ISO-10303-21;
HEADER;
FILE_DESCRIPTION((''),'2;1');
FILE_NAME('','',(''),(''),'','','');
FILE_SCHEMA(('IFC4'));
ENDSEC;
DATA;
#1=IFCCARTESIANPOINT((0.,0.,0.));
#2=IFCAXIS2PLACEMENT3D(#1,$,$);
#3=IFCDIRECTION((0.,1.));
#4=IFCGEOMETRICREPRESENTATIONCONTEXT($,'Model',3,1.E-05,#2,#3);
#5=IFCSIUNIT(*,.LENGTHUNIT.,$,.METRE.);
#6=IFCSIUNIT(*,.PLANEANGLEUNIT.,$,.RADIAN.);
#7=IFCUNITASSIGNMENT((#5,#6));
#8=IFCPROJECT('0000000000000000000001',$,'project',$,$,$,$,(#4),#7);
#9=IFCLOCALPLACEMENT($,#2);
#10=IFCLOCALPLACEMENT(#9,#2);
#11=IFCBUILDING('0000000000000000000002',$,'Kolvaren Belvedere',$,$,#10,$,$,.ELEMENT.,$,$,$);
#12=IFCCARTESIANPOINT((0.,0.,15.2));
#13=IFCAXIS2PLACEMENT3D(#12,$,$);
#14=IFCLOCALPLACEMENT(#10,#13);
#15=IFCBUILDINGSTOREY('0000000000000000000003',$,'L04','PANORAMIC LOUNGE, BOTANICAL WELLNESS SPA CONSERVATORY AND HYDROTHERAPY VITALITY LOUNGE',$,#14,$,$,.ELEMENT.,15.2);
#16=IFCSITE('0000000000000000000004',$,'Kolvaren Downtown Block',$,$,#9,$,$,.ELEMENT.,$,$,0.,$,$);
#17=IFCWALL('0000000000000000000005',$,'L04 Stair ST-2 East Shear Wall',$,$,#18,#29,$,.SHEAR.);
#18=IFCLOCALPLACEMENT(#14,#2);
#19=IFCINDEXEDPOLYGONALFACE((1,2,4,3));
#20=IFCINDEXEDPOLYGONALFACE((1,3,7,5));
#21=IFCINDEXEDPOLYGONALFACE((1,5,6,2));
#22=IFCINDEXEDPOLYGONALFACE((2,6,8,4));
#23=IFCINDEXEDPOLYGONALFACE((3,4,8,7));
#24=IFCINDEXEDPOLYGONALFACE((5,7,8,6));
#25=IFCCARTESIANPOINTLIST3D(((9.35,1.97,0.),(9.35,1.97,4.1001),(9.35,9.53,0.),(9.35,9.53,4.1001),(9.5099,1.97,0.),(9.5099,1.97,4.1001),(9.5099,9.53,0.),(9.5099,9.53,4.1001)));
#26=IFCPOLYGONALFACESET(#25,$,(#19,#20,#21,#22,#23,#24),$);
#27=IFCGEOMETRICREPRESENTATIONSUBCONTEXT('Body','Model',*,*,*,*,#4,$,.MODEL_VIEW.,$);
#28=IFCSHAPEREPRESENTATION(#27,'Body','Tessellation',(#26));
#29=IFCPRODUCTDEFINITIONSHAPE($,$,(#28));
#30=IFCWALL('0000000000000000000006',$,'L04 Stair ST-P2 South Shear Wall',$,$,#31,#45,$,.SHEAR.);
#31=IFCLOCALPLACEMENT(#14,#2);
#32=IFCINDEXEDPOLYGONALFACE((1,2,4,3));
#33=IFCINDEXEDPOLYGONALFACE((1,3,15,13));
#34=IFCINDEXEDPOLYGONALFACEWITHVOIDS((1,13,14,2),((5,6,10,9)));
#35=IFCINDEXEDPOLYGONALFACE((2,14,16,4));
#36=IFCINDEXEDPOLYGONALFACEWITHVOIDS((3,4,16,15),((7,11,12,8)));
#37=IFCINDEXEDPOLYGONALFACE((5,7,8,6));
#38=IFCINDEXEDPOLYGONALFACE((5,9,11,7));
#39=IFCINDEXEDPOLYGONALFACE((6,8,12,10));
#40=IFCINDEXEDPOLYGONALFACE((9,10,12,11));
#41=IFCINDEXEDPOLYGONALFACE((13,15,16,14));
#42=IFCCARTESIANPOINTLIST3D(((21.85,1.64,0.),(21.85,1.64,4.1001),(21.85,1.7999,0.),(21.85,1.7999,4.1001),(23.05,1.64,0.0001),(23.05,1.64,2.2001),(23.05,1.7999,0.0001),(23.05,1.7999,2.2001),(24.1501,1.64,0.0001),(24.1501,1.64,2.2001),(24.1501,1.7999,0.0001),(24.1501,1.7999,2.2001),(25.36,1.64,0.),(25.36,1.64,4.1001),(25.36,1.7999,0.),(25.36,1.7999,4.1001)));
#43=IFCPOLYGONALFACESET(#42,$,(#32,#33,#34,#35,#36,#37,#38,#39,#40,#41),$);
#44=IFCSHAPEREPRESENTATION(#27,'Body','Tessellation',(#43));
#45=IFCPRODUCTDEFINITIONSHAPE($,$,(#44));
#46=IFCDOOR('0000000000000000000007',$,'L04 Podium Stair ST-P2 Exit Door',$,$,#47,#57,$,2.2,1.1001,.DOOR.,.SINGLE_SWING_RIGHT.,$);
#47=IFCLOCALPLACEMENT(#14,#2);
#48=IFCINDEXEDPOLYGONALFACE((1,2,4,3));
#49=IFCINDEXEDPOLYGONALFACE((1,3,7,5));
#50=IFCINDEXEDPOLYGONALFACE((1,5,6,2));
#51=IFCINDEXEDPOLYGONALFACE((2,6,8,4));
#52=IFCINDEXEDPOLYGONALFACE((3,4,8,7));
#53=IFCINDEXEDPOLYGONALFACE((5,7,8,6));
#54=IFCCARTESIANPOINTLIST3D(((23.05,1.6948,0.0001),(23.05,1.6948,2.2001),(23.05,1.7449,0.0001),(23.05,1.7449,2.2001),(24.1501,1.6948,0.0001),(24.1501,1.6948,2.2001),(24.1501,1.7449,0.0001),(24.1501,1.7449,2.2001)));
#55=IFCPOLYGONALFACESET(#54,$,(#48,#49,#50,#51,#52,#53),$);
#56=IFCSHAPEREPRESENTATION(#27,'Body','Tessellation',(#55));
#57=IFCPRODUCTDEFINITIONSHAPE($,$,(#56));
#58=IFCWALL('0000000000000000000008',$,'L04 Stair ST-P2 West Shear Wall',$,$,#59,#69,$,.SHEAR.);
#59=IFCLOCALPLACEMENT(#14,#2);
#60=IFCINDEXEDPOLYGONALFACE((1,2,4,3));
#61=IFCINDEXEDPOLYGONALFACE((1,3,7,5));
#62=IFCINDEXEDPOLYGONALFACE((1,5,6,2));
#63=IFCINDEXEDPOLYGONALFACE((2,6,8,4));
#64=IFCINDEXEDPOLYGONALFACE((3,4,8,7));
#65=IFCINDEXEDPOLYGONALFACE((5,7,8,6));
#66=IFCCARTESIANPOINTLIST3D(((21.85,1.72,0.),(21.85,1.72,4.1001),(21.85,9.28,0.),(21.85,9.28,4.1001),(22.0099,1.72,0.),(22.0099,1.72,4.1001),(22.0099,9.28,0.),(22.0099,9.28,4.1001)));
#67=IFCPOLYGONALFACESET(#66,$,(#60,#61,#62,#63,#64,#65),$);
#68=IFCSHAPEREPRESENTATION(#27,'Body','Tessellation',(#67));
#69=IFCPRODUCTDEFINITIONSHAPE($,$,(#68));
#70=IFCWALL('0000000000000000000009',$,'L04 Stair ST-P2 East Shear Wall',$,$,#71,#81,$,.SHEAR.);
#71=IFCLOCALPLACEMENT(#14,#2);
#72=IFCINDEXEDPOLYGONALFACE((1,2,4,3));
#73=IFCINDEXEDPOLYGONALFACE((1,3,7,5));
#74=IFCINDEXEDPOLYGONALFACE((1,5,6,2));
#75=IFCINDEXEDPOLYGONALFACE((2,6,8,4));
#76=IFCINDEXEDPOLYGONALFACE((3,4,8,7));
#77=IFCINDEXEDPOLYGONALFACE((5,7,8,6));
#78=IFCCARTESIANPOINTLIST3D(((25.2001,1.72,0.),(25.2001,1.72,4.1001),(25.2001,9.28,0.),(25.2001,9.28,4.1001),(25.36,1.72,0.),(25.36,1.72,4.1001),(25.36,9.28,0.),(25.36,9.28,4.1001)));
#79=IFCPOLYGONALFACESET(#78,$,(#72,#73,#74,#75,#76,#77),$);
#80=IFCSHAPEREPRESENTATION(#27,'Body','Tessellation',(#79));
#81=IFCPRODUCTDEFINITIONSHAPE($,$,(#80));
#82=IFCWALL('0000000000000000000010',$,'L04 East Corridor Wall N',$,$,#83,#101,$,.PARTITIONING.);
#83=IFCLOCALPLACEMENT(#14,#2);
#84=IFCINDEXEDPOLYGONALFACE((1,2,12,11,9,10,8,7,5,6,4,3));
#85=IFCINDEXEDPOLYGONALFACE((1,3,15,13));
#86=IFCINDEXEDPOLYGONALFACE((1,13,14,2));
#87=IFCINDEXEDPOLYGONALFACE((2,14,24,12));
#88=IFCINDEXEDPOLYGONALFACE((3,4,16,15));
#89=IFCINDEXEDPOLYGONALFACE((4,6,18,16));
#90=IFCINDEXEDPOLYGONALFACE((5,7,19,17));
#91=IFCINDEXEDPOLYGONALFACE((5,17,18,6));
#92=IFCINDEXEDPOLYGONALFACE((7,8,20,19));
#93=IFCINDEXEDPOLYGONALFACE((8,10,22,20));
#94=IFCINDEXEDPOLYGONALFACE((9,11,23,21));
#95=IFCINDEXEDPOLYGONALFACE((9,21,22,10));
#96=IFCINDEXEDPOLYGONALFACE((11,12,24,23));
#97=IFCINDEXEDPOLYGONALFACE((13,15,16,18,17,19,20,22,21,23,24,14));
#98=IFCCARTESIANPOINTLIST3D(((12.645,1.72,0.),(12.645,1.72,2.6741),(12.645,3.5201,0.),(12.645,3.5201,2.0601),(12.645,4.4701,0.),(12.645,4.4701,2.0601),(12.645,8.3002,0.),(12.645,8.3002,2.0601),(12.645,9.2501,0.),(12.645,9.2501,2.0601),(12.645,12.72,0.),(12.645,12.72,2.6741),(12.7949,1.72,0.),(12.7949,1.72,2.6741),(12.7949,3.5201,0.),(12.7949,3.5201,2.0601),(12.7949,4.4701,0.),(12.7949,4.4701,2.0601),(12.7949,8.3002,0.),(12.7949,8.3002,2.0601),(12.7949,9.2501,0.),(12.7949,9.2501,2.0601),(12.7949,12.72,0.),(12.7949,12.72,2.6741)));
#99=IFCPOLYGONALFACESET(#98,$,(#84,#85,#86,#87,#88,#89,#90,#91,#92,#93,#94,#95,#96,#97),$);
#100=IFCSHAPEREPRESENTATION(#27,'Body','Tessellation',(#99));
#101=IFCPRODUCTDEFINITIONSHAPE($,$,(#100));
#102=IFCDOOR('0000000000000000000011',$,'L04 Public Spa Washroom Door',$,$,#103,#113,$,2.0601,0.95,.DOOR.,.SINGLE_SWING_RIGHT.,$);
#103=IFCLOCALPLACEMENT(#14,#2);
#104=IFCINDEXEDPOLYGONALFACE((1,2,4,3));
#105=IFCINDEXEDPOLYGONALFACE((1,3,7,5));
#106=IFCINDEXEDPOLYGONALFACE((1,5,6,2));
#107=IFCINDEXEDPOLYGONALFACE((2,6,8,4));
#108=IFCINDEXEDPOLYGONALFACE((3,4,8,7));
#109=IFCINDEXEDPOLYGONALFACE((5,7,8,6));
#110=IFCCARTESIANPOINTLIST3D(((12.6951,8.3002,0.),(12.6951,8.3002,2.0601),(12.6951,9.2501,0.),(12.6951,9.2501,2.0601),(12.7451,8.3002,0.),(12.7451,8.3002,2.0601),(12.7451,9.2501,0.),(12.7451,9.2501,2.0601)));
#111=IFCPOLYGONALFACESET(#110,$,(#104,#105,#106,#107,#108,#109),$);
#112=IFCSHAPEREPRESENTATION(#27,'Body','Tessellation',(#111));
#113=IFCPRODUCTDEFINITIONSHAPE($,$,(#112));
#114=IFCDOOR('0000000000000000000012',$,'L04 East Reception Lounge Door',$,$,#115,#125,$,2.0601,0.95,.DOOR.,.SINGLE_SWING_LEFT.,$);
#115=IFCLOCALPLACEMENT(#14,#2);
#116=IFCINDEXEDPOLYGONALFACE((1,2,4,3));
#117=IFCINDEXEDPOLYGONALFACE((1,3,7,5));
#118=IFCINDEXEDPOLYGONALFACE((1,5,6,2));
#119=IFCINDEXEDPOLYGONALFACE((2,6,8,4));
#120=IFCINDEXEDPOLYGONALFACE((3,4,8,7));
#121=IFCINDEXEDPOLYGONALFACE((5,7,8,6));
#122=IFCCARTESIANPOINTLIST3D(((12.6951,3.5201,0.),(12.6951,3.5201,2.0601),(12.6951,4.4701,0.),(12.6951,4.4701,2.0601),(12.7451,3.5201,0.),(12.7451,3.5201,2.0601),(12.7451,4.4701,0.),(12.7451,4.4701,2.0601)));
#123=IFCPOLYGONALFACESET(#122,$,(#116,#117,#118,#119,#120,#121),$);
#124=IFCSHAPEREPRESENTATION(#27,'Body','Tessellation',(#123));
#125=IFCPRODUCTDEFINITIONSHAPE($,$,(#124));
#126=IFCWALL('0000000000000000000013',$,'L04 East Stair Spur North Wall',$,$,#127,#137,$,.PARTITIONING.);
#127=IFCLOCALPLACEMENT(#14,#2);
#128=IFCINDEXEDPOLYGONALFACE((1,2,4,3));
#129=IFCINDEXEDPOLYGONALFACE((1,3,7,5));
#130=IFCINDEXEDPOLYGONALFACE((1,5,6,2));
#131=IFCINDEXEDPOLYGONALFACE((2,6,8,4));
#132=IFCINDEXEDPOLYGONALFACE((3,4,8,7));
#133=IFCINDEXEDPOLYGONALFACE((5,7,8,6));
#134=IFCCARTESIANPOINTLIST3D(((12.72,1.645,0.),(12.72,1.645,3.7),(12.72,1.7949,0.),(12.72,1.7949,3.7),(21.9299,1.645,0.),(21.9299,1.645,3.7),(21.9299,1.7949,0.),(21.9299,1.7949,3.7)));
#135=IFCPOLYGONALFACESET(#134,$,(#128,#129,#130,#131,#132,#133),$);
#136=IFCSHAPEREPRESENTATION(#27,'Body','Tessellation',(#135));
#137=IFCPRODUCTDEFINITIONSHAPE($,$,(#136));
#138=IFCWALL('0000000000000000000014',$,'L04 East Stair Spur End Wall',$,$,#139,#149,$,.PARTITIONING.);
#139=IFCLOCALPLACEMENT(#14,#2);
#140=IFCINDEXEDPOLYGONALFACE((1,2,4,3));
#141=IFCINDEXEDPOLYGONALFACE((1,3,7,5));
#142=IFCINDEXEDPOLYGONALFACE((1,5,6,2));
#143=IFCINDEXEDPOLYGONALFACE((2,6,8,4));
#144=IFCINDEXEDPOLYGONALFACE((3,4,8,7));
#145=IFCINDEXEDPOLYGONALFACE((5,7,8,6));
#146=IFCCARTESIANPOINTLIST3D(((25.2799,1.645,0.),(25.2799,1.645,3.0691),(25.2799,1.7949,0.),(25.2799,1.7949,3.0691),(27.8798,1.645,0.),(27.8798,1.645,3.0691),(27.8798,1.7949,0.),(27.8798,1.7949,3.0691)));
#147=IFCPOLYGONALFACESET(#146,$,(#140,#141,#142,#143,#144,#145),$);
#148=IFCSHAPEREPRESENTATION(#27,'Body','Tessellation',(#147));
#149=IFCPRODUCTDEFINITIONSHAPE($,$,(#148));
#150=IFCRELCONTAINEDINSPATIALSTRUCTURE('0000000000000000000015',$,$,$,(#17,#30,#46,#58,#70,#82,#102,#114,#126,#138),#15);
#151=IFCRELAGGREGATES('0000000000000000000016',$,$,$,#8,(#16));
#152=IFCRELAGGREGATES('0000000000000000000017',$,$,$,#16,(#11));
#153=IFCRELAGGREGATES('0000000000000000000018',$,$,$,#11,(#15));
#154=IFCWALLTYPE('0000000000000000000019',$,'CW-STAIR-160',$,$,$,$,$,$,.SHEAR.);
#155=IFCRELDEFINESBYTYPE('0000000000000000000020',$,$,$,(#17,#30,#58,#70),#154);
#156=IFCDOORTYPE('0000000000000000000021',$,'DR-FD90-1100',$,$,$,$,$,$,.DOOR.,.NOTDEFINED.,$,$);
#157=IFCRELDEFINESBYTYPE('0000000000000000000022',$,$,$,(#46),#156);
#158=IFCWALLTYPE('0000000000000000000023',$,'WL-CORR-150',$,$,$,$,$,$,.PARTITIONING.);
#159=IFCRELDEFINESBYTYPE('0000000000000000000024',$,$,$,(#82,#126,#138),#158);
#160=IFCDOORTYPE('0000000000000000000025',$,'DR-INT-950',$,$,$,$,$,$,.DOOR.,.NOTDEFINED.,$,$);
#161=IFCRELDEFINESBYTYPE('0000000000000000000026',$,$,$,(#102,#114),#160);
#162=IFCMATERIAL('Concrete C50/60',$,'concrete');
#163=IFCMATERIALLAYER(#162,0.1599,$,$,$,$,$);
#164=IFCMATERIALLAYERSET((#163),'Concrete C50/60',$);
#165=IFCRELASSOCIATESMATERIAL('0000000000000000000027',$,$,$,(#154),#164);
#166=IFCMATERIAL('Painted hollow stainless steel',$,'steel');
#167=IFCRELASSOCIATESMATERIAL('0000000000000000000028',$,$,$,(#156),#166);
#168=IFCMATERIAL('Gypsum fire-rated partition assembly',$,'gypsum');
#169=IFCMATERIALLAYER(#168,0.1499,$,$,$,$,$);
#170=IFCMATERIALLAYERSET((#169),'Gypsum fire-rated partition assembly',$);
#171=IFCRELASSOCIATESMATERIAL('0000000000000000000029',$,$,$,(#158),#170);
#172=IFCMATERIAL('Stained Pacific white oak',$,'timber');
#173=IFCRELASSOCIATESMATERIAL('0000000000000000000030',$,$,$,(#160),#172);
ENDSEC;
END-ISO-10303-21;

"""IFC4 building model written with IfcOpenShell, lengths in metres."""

from ifc_helpers import new_model, si_unit, direction, frame, frame_2d, origin, place, context, subcontext, project, spatial, rectangle, extrude, material, layer, layer_set, type_object, element, fill, save


model = new_model("IFC4")

# Units and contexts
model_context = context("Model", 3, precision=1e-05, world=origin(), true_north=direction((0.0, 1.0)))
body_context = subcontext(model_context, "Body", "Model", "MODEL_VIEW")
ifc_project = project(units=[si_unit("LENGTHUNIT", "METRE"), si_unit("PLANEANGLEUNIT", "RADIAN")], contexts=[model_context])

# Site, building, storey
site_placement = place(None, origin())
site = spatial("IfcSite", under=ifc_project, at=site_placement, Name="Kolvaren Downtown Block", CompositionType="ELEMENT", RefElevation=0.0)
building_placement = place(site_placement, origin())
building = spatial("IfcBuilding", under=site, at=building_placement, Name="Kolvaren Belvedere", CompositionType="ELEMENT")
storey_placement = place(building_placement, frame((0.0, 0.0, 15.2)))
storey = spatial("IfcBuildingStorey", under=building, at=storey_placement, Name="L04", Description="PANORAMIC LOUNGE, BOTANICAL WELLNESS SPA CONSERVATORY AND HYDROTHERAPY VITALITY LOUNGE", CompositionType="ELEMENT", Elevation=15.2)

# Wall
ifc_material_1 = material(Name="Concrete C50/60", Category="concrete")
ifc_layer_1 = layer(ifc_material_1, 0.1599)
ifc_layer_set_1 = layer_set([ifc_layer_1], Name="Concrete C50/60")
wall_type_1 = type_object("IfcWallType", Name="CW-STAIR-160", PredefinedType="SHEAR", material=ifc_layer_set_1)
wall_1_placement = place(storey_placement, frame((9.4299, 1.97, 0.0), z_axis=(0.0, 0.0, 1.0), x_axis=(0.0, 1.0, 0.0)))
element("IfcWall", 1, at=wall_1_placement, inside=storey, type_object=wall_type_1, Name="L04 Stair ST-2 East Shear Wall", PredefinedType="SHEAR", context=body_context, shape_type="SweptSolid", body=[
    extrude(rectangle(XDim=7.5601, YDim=0.1599, at=frame_2d((3.78, 0.0))), origin(), (0.0, 0.0, 1.0), 4.1001),
])

# Wall, opening, door
wall_2_placement = place(storey_placement, frame((21.8501, 1.72, 0.0), z_axis=(0.0, 0.0, 1.0), x_axis=(1.0, 0.0, 0.0)))
wall_2 = element("IfcWall", 2, at=wall_2_placement, inside=storey, type_object=wall_type_1, Name="L04 Stair ST-P2 South Shear Wall", PredefinedType="SHEAR", context=body_context, shape_type="SweptSolid", body=[
    extrude(rectangle(XDim=3.51, YDim=0.1599, at=frame_2d((1.7549, 0.0))), origin(), (0.0, 0.0, 1.0), 4.1001),
])
opening_1_placement = place(wall_2_placement, frame((1.2, 0.0, 0.0)))
opening_1 = element("IfcOpeningElement", 3, at=opening_1_placement, cuts=wall_2, PredefinedType="OPENING", context=body_context, shape_type="SweptSolid", body=[
    extrude(rectangle(XDim=1.1001, YDim=2.2, at=frame_2d((0.55, 1.1001))), frame((0.0, 0.0898, 0.0), z_axis=(0.0, -1.0, 0.0), x_axis=(1.0, 0.0, 0.0)), (0.0, 0.0, 1.0), 0.1799),
])
ifc_material_2 = material(Name="Painted hollow stainless steel", Category="steel")
door_type_1 = type_object("IfcDoorType", Name="DR-FD90-1100", OperationType="NOTDEFINED", PredefinedType="DOOR", material=ifc_material_2)
door_1_placement = place(opening_1_placement, origin())
door_1 = element("IfcDoor", 4, at=door_1_placement, inside=storey, type_object=door_type_1, Name="L04 Podium Stair ST-P2 Exit Door", OperationType="SINGLE_SWING_RIGHT", OverallHeight=2.2, OverallWidth=1.1001, PredefinedType="DOOR", context=body_context, shape_type="SweptSolid", body=[
    extrude(rectangle(XDim=1.1001, YDim=2.2, at=frame_2d((0.55, 1.1001))), frame((0.0, 0.0249, 0.0), z_axis=(0.0, -1.0, 0.0), x_axis=(1.0, 0.0, 0.0)), (0.0, 0.0, 1.0), 0.05),
])
fill(opening_1, door_1)

# Walls
for number, where, z_axis, x_axis, name in (
    (5, (21.9299, 1.72, 0.0), (0.0, 0.0, 1.0), (0.0, 1.0, 0.0), "L04 Stair ST-P2 West Shear Wall"),
    (6, (25.28, 1.72, 0.0), (0.0, 0.0, 1.0), (0.0, 1.0, 0.0), "L04 Stair ST-P2 East Shear Wall"),
):
    element("IfcWall", number, at=place(storey_placement, frame(where, z_axis=z_axis, x_axis=x_axis)), inside=storey, type_object=wall_type_1, Name=name, PredefinedType="SHEAR", context=body_context, shape_type="SweptSolid", body=[
        extrude(rectangle(XDim=7.5601, YDim=0.1599, at=frame_2d((3.78, 0.0))), origin(), (0.0, 0.0, 1.0), 4.1001),
    ])

# Wall, openings, doors
ifc_material_3 = material(Name="Gypsum fire-rated partition assembly", Category="gypsum")
ifc_layer_2 = layer(ifc_material_3, 0.1499)
ifc_layer_set_2 = layer_set([ifc_layer_2], Name="Gypsum fire-rated partition assembly")
wall_type_2 = type_object("IfcWallType", Name="WL-CORR-150", PredefinedType="PARTITIONING", material=ifc_layer_set_2)
wall_3_placement = place(storey_placement, frame((12.72, 1.72, 0.0), z_axis=(0.0, 0.0, 1.0), x_axis=(0.0, 1.0, 0.0)))
wall_3 = element("IfcWall", 7, at=wall_3_placement, inside=storey, type_object=wall_type_2, Name="L04 East Corridor Wall N", PredefinedType="PARTITIONING", context=body_context, shape_type="SweptSolid", body=[
    extrude(rectangle(XDim=11.0, YDim=0.1499, at=frame_2d((5.5, 0.0))), origin(), (0.0, 0.0, 1.0), 2.6741),
])
opening_2_placement = place(wall_3_placement, frame((6.5801, 0.0, 0.0)))
opening_2 = element("IfcOpeningElement", 8, at=opening_2_placement, cuts=wall_3, PredefinedType="OPENING", context=body_context, shape_type="SweptSolid", body=[
    extrude(rectangle(XDim=0.95, YDim=2.0601, at=frame_2d((0.4751, 1.03))), frame((0.0, 0.085, 0.0), z_axis=(0.0, -1.0, 0.0), x_axis=(1.0, 0.0, 0.0)), (0.0, 0.0, 1.0), 0.1699),
])
opening_3_placement = place(wall_3_placement, frame((1.8, 0.0, 0.0)))
opening_3 = element("IfcOpeningElement", 9, at=opening_3_placement, cuts=wall_3, PredefinedType="OPENING", context=body_context, shape_type="SweptSolid", body=[
    extrude(rectangle(XDim=0.95, YDim=2.0601, at=frame_2d((0.4751, 1.03))), frame((0.0, 0.085, 0.0), z_axis=(0.0, -1.0, 0.0), x_axis=(1.0, 0.0, 0.0)), (0.0, 0.0, 1.0), 0.1699),
])
ifc_material_4 = material(Name="Stained Pacific white oak", Category="timber")
door_type_2 = type_object("IfcDoorType", Name="DR-INT-950", OperationType="NOTDEFINED", PredefinedType="DOOR", material=ifc_material_4)
door_2_placement = place(opening_2_placement, origin())
door_2 = element("IfcDoor", 10, at=door_2_placement, inside=storey, type_object=door_type_2, Name="L04 Public Spa Washroom Door", OperationType="SINGLE_SWING_RIGHT", OverallHeight=2.0601, OverallWidth=0.95, PredefinedType="DOOR", context=body_context, shape_type="SweptSolid", body=[
    extrude(rectangle(XDim=0.95, YDim=2.0601, at=frame_2d((0.4751, 1.03))), frame((0.0, 0.0249, 0.0), z_axis=(0.0, -1.0, 0.0), x_axis=(1.0, 0.0, 0.0)), (0.0, 0.0, 1.0), 0.05),
])
fill(opening_2, door_2)
door_3_placement = place(opening_3_placement, origin())
door_3 = element("IfcDoor", 11, at=door_3_placement, inside=storey, type_object=door_type_2, Name="L04 East Reception Lounge Door", OperationType="SINGLE_SWING_LEFT", OverallHeight=2.0601, OverallWidth=0.95, PredefinedType="DOOR", context=body_context, shape_type="SweptSolid", body=[
    extrude(rectangle(XDim=0.95, YDim=2.0601, at=frame_2d((0.4751, 1.03))), frame((0.0, 0.0249, 0.0), z_axis=(0.0, -1.0, 0.0), x_axis=(1.0, 0.0, 0.0)), (0.0, 0.0, 1.0), 0.05),
])
fill(opening_3, door_3)

# Walls
wall_4_placement = place(storey_placement, frame((12.72, 1.72, 0.0), z_axis=(0.0, 0.0, 1.0), x_axis=(1.0, 0.0, 0.0)))
element("IfcWall", 12, at=wall_4_placement, inside=storey, type_object=wall_type_2, Name="L04 East Stair Spur North Wall", PredefinedType="PARTITIONING", context=body_context, shape_type="SweptSolid", body=[
    extrude(rectangle(XDim=9.21, YDim=0.1499, at=frame_2d((4.605, 0.0))), origin(), (0.0, 0.0, 1.0), 3.7),
])
wall_5_placement = place(storey_placement, frame((25.28, 1.72, 0.0), z_axis=(0.0, 0.0, 1.0), x_axis=(1.0, 0.0, 0.0)))
element("IfcWall", 13, at=wall_5_placement, inside=storey, type_object=wall_type_2, Name="L04 East Stair Spur End Wall", PredefinedType="PARTITIONING", context=body_context, shape_type="SweptSolid", body=[
    extrude(rectangle(XDim=2.5999, YDim=0.1499, at=frame_2d((1.2998, 0.0))), origin(), (0.0, 0.0, 1.0), 3.0691),
])

save(model, "model.ifc")
